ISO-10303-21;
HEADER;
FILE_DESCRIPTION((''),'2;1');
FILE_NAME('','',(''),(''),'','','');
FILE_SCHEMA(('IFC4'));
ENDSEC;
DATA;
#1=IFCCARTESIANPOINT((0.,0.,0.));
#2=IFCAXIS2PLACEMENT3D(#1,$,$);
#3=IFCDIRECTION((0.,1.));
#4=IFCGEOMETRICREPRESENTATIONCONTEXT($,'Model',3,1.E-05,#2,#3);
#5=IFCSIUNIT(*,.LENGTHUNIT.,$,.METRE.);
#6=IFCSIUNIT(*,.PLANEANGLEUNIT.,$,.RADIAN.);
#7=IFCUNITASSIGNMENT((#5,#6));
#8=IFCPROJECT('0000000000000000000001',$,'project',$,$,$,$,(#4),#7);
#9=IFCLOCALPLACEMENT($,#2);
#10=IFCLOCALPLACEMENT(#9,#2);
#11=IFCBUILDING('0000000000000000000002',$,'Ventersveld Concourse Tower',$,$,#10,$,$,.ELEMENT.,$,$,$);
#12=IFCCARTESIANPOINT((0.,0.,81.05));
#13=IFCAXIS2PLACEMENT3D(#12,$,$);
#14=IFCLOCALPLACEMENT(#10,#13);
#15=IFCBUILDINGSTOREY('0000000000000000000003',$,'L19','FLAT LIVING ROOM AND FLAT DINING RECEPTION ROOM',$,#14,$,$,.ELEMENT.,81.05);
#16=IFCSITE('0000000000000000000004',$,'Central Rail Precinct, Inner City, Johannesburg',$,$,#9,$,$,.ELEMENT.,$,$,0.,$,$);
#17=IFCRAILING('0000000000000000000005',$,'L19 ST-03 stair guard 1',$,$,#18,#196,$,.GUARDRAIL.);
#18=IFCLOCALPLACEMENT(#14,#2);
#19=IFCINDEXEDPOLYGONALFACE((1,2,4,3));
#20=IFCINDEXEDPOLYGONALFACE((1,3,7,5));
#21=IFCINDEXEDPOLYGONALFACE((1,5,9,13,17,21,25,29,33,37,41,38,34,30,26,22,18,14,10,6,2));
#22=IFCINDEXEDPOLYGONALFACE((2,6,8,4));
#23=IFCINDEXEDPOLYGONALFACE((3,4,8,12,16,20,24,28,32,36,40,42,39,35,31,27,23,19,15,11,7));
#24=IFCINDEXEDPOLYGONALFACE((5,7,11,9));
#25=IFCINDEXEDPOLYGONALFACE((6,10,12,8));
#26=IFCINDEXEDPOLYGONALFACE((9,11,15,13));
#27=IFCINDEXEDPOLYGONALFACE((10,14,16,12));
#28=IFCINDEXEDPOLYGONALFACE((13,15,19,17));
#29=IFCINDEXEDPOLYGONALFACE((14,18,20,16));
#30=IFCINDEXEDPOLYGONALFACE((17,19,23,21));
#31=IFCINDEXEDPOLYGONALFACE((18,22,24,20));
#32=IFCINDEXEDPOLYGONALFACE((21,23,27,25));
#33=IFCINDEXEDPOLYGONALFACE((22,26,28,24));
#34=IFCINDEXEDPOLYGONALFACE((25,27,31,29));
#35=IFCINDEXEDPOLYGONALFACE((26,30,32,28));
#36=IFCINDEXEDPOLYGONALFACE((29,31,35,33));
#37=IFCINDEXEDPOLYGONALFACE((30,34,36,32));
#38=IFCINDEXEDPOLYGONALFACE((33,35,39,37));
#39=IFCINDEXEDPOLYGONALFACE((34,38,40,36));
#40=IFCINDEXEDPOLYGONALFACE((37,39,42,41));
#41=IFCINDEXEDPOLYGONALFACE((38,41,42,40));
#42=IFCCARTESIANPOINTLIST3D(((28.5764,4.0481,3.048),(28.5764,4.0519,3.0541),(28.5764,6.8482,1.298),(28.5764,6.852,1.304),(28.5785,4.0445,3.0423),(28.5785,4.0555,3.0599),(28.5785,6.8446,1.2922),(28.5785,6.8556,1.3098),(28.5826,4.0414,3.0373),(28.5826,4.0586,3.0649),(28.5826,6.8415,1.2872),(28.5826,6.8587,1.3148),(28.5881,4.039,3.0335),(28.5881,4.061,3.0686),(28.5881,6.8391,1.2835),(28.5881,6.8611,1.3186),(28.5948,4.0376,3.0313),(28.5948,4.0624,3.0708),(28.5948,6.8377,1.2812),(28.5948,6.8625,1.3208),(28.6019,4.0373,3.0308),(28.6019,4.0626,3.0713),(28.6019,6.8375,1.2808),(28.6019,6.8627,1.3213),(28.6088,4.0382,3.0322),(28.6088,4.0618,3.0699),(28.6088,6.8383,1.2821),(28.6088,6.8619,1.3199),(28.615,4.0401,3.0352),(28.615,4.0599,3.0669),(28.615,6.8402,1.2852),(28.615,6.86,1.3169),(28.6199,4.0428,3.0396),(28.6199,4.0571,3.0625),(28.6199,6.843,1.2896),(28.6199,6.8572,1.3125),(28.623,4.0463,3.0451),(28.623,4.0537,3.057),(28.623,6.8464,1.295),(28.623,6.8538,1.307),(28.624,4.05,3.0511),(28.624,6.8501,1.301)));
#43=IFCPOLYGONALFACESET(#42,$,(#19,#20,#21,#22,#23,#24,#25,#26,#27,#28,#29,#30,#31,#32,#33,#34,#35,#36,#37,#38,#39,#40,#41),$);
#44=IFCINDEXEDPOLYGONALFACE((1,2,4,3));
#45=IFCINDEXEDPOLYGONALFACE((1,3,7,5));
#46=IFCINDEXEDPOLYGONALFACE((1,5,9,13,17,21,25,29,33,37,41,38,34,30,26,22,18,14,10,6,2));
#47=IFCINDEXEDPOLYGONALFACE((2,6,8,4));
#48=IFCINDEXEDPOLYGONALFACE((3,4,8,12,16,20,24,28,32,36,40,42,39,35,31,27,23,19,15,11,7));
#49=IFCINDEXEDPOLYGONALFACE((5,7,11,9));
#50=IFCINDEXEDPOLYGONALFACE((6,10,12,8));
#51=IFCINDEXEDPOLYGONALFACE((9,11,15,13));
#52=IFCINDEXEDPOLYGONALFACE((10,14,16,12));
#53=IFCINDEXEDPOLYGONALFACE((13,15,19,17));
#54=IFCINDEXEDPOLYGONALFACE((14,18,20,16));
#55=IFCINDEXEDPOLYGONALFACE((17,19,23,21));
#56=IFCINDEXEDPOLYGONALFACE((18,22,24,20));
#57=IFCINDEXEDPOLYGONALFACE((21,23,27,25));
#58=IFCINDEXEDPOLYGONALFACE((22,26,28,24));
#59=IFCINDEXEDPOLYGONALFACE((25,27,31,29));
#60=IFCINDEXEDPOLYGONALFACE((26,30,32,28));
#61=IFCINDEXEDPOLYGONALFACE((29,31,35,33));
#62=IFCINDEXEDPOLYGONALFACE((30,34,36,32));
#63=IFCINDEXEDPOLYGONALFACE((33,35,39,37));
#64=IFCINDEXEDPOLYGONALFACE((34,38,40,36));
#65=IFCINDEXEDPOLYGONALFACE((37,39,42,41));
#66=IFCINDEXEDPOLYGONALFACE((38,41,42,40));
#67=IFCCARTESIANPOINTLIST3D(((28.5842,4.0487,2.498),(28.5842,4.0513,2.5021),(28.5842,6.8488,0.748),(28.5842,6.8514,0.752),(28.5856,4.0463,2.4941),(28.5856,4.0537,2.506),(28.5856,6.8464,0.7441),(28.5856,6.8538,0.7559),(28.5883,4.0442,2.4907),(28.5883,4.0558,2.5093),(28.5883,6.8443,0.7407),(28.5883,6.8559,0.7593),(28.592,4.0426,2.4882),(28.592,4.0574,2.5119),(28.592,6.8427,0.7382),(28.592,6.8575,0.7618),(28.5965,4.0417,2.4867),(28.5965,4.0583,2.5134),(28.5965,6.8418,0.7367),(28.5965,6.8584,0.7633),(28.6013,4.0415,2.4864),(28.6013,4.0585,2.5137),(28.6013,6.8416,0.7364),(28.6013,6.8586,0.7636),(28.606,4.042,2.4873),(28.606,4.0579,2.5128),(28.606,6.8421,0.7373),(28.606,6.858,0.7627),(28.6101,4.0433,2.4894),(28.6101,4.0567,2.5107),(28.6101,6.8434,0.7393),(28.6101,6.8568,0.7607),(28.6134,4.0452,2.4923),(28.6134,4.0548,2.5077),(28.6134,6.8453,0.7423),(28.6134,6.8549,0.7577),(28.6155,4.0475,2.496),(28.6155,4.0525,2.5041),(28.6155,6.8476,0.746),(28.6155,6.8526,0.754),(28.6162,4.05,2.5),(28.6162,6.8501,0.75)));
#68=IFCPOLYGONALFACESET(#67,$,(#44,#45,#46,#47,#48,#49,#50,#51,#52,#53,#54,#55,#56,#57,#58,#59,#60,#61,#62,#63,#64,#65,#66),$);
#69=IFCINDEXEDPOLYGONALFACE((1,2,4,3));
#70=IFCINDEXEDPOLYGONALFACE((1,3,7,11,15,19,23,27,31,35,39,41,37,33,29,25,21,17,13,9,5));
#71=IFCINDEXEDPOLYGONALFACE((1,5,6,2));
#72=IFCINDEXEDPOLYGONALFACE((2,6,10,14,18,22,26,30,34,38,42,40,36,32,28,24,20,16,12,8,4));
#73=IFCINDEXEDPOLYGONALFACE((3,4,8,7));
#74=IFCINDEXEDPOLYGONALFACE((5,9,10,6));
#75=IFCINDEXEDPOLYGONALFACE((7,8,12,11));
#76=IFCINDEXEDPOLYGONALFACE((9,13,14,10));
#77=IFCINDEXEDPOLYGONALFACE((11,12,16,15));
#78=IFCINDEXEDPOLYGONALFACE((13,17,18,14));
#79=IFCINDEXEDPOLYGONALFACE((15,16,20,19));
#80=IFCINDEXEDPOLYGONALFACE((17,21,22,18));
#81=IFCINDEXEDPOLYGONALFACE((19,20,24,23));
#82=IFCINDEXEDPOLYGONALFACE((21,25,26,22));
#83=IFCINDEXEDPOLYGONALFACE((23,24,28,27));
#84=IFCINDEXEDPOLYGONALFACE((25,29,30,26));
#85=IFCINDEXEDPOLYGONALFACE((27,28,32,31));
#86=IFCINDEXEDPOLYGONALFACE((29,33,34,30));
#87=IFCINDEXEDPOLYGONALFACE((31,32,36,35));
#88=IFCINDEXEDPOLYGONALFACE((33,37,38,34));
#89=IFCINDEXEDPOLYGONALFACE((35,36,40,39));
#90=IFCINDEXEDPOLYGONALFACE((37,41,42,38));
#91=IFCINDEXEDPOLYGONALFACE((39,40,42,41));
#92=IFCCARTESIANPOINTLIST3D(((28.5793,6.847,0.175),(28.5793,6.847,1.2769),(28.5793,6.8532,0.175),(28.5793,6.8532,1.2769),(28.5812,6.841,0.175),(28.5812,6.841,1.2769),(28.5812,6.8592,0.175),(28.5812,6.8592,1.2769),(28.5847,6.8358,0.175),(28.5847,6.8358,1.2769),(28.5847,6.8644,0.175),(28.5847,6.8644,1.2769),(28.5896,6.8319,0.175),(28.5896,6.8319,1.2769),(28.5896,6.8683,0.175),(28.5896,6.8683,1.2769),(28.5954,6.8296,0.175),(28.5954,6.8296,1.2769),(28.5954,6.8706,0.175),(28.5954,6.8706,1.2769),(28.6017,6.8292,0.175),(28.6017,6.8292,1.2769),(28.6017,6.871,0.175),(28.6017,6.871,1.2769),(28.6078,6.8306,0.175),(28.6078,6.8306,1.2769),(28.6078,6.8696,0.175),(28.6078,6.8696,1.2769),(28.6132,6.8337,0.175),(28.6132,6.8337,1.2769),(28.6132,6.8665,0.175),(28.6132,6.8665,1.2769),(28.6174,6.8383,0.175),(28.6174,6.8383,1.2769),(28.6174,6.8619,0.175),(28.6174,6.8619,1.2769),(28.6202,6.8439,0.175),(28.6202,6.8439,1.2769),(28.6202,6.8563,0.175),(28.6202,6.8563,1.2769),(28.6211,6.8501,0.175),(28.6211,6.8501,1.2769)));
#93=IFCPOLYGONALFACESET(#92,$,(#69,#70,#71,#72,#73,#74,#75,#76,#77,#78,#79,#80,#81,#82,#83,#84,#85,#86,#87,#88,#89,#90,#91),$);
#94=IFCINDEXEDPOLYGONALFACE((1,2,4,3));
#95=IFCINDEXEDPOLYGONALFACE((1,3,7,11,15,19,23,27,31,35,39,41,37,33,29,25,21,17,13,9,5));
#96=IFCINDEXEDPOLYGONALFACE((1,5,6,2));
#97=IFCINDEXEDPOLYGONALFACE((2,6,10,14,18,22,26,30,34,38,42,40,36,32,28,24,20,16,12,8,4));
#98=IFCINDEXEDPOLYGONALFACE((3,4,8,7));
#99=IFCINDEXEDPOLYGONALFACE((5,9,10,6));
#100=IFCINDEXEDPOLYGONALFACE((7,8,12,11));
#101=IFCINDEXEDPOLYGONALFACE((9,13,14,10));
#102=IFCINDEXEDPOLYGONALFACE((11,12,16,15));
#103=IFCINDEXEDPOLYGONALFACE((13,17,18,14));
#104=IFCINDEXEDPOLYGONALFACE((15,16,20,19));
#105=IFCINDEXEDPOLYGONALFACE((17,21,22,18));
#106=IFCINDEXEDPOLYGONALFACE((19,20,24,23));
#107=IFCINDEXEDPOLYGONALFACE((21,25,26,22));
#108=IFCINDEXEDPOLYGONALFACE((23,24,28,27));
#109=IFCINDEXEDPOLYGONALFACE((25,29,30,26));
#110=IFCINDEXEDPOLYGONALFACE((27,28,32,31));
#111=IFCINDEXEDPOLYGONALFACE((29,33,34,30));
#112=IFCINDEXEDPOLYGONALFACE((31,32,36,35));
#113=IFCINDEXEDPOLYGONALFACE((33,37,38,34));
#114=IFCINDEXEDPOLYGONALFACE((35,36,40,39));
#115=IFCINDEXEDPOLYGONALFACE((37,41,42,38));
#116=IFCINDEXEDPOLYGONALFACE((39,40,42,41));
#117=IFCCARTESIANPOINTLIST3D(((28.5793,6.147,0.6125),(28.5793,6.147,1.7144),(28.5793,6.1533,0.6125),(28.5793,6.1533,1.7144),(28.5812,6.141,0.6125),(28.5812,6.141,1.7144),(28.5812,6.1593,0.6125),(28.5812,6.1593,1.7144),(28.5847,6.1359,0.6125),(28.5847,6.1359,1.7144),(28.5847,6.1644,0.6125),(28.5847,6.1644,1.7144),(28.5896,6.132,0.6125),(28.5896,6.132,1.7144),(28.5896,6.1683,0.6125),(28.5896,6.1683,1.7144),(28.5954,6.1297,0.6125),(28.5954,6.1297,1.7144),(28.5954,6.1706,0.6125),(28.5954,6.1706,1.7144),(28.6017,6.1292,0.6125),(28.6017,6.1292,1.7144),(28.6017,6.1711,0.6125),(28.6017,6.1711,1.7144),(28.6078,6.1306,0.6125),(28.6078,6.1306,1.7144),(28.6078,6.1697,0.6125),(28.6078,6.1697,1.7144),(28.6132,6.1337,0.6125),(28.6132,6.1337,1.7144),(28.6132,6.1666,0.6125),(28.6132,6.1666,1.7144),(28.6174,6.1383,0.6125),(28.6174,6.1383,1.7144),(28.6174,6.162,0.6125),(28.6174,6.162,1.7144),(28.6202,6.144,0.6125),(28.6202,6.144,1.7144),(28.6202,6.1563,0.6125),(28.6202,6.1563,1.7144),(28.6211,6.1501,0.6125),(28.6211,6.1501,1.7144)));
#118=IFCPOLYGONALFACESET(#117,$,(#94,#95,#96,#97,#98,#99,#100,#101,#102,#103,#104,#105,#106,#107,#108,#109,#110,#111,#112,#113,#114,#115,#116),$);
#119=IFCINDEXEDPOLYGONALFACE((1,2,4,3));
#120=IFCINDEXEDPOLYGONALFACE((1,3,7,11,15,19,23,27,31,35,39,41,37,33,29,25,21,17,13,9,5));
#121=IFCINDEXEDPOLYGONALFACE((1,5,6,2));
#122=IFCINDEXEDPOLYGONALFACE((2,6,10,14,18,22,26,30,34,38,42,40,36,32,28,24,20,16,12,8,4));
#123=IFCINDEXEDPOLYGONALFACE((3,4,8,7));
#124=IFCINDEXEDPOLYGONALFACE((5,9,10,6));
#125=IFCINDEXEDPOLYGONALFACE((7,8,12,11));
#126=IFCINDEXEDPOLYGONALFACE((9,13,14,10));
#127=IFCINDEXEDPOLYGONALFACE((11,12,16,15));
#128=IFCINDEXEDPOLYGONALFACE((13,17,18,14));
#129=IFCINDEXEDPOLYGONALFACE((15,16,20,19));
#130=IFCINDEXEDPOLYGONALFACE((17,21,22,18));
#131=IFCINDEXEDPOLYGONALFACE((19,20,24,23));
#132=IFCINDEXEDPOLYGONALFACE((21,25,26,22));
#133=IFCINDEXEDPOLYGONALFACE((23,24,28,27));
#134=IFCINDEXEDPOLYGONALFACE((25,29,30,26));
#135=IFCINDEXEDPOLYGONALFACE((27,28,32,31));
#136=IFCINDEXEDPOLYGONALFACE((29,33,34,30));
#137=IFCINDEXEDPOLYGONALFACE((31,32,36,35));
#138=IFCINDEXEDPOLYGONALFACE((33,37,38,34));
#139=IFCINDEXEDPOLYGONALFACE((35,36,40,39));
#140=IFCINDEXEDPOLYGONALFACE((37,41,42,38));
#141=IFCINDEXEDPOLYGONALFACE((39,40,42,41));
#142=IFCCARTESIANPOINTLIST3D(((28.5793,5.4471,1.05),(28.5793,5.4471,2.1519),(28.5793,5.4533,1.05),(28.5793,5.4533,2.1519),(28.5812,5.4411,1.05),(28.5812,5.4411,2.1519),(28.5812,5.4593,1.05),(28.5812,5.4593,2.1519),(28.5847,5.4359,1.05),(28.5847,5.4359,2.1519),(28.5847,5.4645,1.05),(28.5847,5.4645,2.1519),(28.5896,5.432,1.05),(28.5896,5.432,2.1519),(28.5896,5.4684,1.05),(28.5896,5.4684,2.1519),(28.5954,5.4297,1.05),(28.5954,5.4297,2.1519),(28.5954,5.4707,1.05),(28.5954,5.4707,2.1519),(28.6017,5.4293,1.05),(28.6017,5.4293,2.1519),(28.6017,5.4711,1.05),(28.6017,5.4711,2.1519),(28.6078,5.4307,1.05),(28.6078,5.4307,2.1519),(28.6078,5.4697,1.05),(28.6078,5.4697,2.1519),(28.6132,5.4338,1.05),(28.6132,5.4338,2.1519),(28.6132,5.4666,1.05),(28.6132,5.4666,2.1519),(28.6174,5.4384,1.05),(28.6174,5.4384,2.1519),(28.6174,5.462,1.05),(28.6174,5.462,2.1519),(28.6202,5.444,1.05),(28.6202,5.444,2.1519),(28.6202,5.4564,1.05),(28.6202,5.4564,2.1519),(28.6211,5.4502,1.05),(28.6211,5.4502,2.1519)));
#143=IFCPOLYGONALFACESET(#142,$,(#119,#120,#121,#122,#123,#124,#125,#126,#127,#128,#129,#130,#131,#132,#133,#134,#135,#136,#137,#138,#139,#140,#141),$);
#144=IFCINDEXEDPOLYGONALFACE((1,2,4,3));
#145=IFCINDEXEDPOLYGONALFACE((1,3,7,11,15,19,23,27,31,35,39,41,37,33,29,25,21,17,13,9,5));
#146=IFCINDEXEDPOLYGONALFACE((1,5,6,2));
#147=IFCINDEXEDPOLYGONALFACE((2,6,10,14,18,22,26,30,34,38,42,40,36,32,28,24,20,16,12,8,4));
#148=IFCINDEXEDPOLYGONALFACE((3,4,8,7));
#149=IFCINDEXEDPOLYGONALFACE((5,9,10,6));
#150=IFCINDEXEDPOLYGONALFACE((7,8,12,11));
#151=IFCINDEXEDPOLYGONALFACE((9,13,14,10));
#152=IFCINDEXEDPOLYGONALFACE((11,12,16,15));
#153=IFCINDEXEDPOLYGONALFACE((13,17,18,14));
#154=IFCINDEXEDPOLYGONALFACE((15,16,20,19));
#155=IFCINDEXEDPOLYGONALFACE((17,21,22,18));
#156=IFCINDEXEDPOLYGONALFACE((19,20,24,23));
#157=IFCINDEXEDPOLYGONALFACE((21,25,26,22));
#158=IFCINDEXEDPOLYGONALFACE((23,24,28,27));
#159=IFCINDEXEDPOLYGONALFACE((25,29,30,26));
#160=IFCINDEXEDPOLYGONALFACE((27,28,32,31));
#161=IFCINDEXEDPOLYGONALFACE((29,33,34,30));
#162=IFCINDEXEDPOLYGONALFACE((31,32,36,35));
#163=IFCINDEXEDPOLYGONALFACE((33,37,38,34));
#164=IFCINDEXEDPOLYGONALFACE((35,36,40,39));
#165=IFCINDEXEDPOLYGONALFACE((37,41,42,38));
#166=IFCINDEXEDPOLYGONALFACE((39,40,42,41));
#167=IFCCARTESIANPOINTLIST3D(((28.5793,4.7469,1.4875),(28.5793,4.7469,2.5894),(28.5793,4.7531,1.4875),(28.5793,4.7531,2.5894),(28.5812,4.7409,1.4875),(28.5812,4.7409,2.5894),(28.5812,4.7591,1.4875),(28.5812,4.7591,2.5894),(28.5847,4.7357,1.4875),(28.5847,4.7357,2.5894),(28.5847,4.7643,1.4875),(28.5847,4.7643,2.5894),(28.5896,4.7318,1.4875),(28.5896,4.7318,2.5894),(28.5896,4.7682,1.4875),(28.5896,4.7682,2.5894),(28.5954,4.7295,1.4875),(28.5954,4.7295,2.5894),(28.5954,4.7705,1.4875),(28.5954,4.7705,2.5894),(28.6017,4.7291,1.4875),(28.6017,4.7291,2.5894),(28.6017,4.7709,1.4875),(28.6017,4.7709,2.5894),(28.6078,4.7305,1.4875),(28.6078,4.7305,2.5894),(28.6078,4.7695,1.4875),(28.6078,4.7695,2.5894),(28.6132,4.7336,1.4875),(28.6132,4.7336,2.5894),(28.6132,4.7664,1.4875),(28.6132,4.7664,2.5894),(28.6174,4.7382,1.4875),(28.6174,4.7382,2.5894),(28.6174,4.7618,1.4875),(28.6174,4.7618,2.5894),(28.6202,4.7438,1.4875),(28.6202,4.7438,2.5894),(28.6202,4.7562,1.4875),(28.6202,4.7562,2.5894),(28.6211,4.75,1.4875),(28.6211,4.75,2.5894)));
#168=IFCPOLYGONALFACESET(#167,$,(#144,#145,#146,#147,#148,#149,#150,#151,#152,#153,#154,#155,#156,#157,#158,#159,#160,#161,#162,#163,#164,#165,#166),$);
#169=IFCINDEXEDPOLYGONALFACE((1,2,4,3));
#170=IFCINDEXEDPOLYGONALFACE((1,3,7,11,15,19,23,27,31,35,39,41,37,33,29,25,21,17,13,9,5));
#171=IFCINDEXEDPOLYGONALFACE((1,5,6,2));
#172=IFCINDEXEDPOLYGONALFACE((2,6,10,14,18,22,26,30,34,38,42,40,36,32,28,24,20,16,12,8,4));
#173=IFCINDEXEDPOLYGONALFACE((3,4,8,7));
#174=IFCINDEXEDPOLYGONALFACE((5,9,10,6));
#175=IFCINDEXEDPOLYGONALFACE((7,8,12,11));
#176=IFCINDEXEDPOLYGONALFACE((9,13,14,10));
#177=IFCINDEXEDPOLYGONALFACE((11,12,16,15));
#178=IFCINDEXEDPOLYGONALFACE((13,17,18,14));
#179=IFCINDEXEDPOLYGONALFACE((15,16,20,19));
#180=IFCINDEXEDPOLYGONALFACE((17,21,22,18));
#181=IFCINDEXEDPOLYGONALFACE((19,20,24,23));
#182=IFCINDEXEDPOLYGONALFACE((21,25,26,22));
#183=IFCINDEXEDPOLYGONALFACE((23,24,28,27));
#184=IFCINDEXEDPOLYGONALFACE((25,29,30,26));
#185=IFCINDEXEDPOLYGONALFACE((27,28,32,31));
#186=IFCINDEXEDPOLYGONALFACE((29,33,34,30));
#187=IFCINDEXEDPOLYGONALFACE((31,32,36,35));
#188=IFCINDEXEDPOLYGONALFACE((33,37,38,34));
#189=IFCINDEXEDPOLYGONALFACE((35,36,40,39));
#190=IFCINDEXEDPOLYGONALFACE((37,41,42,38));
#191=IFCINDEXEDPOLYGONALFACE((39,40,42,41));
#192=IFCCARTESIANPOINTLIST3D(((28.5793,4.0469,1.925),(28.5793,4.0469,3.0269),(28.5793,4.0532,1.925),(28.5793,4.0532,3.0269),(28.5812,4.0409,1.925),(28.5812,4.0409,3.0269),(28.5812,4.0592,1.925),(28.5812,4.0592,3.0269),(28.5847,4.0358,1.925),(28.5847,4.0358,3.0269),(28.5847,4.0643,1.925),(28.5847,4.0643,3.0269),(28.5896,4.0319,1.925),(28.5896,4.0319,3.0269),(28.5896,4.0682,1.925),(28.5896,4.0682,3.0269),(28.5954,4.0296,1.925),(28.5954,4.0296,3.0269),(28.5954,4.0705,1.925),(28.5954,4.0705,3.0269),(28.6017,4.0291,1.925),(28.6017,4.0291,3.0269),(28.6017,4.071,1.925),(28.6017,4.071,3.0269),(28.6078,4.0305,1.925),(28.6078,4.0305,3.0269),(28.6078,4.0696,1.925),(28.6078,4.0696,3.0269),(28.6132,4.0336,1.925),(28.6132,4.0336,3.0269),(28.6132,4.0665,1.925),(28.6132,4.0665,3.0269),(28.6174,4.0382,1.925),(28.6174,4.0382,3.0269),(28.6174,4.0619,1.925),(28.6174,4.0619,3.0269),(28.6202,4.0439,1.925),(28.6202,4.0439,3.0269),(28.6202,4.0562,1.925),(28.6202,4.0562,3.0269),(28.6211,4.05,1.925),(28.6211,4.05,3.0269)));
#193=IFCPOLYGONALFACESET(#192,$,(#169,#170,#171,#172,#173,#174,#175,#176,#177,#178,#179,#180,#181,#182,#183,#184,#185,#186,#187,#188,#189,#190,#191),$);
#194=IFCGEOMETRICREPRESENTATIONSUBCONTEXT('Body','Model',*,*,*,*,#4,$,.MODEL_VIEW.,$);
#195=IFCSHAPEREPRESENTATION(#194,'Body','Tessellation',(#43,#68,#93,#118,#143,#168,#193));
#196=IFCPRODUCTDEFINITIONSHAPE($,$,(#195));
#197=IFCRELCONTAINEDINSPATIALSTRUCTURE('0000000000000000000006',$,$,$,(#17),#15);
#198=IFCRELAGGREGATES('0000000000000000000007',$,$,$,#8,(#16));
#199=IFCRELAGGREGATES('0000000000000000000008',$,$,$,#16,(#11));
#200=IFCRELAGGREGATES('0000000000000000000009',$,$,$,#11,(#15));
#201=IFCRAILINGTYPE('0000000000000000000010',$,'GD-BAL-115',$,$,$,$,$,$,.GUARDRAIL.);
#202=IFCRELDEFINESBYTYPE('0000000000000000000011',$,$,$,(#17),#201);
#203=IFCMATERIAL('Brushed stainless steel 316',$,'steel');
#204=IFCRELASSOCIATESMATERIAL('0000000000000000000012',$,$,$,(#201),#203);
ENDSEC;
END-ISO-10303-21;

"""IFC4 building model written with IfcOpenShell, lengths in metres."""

from ifc_helpers import new_model, si_unit, direction, frame, origin, origin_2d, place, context, subcontext, project, spatial, circle, extrude, material, type_object, element, save


model = new_model("IFC4")

# Units and contexts
model_context = context("Model", 3, precision=1e-05, world=origin(), true_north=direction((0.0, 1.0)))
body_context = subcontext(model_context, "Body", "Model", "MODEL_VIEW")
ifc_project = project(units=[si_unit("LENGTHUNIT", "METRE"), si_unit("PLANEANGLEUNIT", "RADIAN")], contexts=[model_context])

# Site, building, storey
site_placement = place(None, origin())
site = spatial("IfcSite", under=ifc_project, at=site_placement, Name="Central Rail Precinct, Inner City, Johannesburg", CompositionType="ELEMENT", RefElevation=0.0)
building_placement = place(site_placement, origin())
building = spatial("IfcBuilding", under=site, at=building_placement, Name="Ventersveld Concourse Tower", CompositionType="ELEMENT")
storey_placement = place(building_placement, frame((0.0, 0.0, 81.05)))
storey = spatial("IfcBuildingStorey", under=building, at=storey_placement, Name="L19", Description="FLAT LIVING ROOM AND FLAT DINING RECEPTION ROOM", CompositionType="ELEMENT", Elevation=81.05)

# Shared definitions
ifc_material_1 = material(Name="Brushed stainless steel 316", Category="steel")

# Railing
railing_type = type_object("IfcRailingType", Name="GD-BAL-115", PredefinedType="GUARDRAIL", material=ifc_material_1)
railing_1_placement = place(storey_placement, frame((28.6001, 6.8501, 0.175)))
element("IfcRailing", 1, at=railing_1_placement, inside=storey, type_object=railing_type, Name="L19 ST-03 stair guard 1", PredefinedType="GUARDRAIL", context=body_context, shape_type="SweptSolid", body=[
    extrude(circle(Radius=0.0239, at=origin_2d()), frame((0.0, 0.0, 1.126), z_axis=(0.0, -0.848002, 0.529992), x_axis=(1.0, 0.0, 0.0)), (0.0, 0.0, 1.0), 3.302),
    extrude(circle(Radius=0.0161, at=origin_2d()), frame((0.0, 0.0, 0.575), z_axis=(0.0, -0.848002, 0.529992), x_axis=(1.0, 0.0, 0.0)), (0.0, 0.0, 1.0), 3.302),
    extrude(circle(Radius=0.021, at=origin_2d()), origin(), (0.0, 0.0, 1.0), 1.1018),
    extrude(circle(Radius=0.021, at=origin_2d()), frame((0.0, -0.7, 0.4375)), (0.0, 0.0, 1.0), 1.1018),
    extrude(circle(Radius=0.021, at=origin_2d()), frame((0.0, -1.3999, 0.875)), (0.0, 0.0, 1.0), 1.1018),
    extrude(circle(Radius=0.021, at=origin_2d()), frame((0.0, -2.1001, 1.3125)), (0.0, 0.0, 1.0), 1.1018),
    extrude(circle(Radius=0.021, at=origin_2d()), frame((0.0, -2.8, 1.75)), (0.0, 0.0, 1.0), 1.1018),
])

save(model, "model.ifc")
